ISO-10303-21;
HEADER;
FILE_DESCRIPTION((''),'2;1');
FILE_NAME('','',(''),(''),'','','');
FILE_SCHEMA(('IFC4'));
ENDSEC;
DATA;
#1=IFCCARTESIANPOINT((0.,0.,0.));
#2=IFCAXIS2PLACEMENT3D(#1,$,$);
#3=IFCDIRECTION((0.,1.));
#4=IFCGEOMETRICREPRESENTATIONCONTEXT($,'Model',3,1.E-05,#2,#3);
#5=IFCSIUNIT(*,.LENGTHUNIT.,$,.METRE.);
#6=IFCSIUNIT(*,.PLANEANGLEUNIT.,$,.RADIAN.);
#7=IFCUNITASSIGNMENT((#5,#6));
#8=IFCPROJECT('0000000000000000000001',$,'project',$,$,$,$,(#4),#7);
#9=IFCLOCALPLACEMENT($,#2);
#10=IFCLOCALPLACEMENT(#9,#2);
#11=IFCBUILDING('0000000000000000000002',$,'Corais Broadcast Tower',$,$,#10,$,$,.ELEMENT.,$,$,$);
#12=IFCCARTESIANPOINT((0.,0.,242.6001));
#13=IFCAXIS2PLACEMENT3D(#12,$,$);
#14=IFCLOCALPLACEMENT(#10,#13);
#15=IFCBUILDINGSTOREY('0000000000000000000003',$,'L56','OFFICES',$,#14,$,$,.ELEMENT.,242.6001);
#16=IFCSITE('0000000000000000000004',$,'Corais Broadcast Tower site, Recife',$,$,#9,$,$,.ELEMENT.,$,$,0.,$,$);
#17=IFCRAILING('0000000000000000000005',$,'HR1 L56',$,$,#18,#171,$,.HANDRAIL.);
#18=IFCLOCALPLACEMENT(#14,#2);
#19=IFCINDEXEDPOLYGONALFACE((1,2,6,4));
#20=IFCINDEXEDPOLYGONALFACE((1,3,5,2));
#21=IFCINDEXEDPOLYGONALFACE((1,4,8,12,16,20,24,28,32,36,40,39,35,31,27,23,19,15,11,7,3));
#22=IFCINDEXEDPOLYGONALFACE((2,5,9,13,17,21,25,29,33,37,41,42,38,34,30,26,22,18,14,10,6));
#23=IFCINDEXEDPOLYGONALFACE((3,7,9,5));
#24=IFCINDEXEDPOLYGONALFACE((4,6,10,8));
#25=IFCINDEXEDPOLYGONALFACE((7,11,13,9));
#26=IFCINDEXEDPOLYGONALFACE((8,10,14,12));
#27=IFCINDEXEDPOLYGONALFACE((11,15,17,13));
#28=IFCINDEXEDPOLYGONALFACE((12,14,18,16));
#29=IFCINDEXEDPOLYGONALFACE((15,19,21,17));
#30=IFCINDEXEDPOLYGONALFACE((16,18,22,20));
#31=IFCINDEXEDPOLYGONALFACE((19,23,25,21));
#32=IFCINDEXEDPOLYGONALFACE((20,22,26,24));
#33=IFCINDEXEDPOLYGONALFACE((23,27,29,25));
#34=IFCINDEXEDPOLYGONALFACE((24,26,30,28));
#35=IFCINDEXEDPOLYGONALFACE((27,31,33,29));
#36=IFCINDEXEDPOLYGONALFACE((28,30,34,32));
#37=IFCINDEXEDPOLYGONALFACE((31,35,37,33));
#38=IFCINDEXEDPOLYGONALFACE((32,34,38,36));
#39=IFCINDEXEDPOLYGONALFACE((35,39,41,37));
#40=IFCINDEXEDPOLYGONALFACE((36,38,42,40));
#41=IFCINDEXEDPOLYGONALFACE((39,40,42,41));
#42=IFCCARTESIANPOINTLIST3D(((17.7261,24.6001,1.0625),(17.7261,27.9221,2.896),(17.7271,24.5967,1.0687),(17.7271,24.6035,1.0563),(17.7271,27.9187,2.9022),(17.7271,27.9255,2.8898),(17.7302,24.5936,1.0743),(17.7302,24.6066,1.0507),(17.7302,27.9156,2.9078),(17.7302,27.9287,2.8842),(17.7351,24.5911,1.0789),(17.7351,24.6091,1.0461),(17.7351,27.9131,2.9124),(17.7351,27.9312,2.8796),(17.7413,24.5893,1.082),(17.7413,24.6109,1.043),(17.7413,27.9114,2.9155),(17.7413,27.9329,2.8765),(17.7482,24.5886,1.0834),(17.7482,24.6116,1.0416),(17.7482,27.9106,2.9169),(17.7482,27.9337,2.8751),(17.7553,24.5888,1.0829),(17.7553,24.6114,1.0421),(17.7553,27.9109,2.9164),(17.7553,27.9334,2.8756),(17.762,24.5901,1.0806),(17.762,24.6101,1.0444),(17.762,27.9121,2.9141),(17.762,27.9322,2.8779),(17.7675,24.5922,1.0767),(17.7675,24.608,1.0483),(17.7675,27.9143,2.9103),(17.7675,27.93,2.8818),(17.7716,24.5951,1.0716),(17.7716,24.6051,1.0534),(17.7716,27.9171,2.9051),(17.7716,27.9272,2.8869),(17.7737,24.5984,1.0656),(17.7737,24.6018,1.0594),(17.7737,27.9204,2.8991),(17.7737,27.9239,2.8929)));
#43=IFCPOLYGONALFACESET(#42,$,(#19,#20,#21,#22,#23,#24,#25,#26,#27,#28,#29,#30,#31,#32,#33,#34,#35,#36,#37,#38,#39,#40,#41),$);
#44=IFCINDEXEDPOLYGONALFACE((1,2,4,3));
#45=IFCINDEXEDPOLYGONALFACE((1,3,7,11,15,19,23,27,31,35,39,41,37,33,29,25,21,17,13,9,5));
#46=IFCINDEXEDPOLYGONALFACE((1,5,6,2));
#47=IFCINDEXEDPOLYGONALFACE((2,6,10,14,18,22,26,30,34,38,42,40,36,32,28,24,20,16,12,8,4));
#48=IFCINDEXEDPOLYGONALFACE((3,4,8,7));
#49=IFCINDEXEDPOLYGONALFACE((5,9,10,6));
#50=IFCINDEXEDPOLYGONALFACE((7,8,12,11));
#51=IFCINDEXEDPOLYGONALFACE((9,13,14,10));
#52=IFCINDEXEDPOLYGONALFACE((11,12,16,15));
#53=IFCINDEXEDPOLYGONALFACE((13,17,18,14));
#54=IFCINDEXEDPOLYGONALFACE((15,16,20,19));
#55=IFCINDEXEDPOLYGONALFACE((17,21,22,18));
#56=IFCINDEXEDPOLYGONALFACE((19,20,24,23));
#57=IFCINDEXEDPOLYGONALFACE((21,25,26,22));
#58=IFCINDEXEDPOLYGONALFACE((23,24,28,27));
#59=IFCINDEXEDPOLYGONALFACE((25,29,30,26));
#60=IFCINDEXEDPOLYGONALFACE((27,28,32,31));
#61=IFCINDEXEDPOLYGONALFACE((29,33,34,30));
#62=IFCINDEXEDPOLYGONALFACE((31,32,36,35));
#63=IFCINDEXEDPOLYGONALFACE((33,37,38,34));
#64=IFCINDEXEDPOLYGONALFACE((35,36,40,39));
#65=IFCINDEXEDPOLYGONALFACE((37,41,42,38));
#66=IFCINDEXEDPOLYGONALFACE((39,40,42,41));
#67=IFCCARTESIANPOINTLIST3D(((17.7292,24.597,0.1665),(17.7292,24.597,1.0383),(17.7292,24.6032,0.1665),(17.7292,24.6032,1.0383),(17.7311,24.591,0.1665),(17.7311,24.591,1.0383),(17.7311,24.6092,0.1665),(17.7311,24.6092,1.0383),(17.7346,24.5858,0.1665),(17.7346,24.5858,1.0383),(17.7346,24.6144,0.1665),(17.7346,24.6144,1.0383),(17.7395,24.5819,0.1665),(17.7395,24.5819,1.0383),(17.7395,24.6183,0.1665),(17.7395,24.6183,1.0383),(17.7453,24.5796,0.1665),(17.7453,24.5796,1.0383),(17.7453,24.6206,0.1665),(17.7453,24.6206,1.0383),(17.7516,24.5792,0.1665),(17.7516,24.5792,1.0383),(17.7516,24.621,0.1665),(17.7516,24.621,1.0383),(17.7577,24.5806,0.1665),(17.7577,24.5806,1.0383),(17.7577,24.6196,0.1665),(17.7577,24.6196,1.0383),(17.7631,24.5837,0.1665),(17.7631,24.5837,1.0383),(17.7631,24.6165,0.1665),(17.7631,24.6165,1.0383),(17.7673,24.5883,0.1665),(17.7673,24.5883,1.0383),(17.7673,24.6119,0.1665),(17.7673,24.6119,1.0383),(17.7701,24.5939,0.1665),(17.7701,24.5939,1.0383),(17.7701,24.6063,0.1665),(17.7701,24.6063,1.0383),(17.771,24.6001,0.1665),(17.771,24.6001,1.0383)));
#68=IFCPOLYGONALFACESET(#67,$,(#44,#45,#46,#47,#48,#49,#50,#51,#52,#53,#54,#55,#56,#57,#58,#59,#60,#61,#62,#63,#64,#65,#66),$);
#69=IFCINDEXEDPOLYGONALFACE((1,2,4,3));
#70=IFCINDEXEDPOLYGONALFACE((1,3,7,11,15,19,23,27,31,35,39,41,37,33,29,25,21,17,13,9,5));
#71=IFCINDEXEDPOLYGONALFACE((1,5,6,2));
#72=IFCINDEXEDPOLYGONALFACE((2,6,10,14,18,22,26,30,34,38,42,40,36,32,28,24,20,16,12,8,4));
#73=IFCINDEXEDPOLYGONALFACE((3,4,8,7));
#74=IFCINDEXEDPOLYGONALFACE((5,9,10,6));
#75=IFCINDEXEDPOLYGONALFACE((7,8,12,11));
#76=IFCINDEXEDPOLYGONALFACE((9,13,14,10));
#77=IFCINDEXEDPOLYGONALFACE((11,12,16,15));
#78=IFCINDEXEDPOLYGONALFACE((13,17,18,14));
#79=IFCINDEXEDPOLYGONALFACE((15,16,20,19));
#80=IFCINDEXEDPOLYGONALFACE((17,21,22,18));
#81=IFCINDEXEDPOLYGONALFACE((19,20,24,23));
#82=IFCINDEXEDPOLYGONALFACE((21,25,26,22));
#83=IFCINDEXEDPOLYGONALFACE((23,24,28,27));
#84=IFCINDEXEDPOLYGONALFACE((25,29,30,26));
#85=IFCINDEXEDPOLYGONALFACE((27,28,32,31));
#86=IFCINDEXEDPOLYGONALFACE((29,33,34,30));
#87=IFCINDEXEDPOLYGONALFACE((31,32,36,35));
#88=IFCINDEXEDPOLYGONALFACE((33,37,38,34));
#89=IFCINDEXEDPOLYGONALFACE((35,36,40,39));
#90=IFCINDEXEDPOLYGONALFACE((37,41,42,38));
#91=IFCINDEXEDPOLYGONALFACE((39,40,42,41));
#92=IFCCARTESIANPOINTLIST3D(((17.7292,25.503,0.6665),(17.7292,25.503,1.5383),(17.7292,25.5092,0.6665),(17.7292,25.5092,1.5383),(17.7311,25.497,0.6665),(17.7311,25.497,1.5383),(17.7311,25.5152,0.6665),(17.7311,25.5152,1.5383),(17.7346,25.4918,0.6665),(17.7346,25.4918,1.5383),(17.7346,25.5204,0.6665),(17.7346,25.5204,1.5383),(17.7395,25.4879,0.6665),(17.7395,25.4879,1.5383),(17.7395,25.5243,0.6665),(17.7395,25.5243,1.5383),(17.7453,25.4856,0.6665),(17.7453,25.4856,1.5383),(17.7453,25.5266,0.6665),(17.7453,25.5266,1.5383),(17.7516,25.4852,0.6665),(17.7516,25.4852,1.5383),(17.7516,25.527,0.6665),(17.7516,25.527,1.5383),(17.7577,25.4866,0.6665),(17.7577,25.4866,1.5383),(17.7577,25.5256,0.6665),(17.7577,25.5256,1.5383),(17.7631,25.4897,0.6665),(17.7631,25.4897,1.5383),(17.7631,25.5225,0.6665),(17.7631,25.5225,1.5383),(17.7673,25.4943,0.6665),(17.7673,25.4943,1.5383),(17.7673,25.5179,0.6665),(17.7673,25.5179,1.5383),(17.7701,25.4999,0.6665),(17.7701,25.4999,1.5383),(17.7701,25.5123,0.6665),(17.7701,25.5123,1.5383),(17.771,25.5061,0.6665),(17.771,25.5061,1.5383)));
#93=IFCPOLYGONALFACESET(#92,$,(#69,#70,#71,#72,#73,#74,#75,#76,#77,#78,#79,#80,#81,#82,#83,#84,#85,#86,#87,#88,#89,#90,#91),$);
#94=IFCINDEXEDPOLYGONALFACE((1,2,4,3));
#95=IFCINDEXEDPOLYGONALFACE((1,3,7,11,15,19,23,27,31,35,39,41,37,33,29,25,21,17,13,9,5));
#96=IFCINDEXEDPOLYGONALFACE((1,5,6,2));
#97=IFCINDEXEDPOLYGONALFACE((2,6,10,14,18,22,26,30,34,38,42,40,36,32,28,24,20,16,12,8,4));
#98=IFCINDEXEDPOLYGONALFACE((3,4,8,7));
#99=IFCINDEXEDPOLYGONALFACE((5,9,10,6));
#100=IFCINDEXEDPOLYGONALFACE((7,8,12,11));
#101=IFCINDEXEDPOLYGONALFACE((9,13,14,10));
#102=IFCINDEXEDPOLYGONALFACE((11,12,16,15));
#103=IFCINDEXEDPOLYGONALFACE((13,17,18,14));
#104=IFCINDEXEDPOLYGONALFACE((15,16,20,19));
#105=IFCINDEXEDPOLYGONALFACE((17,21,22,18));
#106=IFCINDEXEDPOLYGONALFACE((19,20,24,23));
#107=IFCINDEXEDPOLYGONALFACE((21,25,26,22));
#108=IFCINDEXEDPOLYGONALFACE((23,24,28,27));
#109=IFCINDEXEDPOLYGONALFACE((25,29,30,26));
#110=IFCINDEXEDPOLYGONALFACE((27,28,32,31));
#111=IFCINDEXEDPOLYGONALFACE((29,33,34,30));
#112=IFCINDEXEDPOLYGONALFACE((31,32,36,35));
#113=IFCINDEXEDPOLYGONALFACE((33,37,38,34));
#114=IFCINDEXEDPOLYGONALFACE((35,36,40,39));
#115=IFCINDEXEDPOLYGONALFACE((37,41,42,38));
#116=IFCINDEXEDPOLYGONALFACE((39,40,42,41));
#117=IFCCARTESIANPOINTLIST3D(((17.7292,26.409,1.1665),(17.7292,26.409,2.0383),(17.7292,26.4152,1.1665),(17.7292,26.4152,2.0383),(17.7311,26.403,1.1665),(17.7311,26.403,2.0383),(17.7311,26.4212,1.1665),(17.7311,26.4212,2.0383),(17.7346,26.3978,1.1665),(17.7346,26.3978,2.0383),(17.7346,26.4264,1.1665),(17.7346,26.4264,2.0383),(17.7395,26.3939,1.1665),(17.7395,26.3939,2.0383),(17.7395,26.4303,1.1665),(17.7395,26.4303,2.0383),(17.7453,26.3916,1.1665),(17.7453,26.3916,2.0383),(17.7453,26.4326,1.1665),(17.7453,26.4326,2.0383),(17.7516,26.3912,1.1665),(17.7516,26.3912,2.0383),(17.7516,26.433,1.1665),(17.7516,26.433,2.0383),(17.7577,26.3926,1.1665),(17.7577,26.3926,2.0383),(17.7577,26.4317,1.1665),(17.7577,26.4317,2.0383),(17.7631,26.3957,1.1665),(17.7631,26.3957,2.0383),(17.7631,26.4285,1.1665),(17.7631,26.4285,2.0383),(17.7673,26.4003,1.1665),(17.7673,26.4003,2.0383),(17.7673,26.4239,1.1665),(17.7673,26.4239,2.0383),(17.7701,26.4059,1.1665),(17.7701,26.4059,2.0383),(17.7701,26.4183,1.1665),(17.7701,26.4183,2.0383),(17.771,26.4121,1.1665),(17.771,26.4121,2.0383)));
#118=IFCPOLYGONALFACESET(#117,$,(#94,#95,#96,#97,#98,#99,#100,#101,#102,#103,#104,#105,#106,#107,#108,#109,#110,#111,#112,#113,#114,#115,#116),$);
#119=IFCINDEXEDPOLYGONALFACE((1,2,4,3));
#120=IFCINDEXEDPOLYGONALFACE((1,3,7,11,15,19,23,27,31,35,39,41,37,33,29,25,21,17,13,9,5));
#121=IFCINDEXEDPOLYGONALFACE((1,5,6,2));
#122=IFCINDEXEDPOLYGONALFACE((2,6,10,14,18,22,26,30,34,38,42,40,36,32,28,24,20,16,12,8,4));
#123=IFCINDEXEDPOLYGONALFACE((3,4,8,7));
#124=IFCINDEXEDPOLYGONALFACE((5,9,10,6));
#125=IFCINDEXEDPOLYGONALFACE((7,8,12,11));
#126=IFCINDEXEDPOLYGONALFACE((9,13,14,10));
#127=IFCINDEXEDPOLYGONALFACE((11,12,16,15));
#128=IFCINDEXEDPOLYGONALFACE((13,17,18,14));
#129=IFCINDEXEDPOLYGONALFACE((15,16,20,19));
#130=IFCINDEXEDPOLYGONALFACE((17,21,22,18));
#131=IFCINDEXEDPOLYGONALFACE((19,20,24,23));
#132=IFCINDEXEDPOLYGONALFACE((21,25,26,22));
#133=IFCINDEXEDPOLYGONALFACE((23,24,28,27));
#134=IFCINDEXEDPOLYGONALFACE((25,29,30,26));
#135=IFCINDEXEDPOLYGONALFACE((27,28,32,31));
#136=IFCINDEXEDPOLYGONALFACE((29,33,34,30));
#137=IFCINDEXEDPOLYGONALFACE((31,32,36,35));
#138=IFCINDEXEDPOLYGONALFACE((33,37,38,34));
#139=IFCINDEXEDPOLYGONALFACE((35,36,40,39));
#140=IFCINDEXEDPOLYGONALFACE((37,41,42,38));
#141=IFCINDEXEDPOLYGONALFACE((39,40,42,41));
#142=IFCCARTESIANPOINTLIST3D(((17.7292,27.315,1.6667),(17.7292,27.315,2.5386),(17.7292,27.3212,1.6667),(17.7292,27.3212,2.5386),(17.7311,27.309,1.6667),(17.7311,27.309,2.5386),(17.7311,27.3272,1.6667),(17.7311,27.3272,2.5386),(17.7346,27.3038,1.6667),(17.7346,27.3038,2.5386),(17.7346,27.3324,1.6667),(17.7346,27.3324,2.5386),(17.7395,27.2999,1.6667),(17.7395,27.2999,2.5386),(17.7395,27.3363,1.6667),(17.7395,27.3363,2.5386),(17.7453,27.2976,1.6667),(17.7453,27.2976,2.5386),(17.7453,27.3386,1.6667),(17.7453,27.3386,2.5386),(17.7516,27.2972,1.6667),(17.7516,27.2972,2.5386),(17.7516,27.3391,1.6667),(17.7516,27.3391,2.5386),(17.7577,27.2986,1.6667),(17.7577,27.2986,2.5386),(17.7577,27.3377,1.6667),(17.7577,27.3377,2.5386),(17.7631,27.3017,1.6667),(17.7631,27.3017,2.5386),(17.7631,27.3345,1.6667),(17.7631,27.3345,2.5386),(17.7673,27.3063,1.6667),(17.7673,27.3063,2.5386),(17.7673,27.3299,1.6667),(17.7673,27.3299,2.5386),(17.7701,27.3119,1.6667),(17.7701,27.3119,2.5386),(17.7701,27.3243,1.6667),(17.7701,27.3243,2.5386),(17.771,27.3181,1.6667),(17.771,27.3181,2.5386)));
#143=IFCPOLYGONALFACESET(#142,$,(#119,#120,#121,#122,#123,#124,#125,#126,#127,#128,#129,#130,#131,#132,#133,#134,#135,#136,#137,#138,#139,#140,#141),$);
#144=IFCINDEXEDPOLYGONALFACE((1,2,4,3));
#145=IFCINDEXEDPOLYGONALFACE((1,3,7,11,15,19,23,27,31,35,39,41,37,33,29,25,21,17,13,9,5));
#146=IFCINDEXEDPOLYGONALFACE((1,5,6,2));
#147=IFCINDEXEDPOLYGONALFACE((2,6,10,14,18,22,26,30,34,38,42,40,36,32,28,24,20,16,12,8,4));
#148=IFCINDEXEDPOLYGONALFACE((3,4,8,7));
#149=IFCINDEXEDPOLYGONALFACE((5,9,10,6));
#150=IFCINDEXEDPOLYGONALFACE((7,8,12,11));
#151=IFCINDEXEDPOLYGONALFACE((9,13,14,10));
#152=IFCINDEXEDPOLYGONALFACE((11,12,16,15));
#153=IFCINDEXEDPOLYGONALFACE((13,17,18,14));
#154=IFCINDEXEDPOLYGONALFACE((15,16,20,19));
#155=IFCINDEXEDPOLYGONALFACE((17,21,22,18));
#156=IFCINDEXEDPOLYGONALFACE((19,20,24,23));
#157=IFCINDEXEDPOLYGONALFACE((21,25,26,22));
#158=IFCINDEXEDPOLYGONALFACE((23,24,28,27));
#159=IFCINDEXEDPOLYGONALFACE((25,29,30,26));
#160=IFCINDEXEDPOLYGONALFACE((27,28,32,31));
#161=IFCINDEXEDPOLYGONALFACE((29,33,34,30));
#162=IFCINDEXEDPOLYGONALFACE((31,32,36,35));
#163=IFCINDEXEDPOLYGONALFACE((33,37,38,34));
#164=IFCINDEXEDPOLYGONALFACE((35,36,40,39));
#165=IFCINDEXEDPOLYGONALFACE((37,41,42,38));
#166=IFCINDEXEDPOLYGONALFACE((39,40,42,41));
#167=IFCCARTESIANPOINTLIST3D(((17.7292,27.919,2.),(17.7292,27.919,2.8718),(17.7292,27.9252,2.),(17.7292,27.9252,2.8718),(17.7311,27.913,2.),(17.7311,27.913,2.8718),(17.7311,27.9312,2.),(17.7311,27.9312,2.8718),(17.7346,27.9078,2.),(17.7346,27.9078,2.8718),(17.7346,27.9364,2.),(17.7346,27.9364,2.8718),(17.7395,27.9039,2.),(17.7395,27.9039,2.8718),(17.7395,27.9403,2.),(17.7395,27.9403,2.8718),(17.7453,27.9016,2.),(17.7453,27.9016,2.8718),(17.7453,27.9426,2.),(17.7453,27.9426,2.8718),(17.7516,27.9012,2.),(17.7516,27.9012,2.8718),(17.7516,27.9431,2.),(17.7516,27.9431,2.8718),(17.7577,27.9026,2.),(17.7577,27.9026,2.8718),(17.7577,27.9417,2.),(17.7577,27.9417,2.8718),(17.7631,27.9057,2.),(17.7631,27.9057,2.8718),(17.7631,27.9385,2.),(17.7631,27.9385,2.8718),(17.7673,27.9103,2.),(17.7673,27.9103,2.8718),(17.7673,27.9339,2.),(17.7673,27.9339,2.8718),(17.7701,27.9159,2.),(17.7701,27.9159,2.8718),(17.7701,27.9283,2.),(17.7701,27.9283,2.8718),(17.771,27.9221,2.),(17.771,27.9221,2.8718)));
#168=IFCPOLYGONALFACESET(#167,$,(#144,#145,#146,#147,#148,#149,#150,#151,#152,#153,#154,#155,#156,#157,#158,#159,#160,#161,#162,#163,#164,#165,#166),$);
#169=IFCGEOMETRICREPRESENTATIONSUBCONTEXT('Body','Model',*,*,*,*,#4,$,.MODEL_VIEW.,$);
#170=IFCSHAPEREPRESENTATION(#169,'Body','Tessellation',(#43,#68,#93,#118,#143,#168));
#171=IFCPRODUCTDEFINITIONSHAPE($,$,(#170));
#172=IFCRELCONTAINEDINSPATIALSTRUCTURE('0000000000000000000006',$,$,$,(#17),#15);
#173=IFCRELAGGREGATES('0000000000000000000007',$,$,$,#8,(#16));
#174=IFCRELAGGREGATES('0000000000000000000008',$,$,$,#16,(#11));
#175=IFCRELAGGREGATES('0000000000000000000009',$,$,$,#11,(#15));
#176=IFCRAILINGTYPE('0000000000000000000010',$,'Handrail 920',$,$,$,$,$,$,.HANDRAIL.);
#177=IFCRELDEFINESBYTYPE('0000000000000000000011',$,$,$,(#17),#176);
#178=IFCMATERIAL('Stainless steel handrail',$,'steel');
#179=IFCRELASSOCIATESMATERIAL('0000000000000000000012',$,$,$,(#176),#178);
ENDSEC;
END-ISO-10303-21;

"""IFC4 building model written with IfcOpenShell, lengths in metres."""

from ifc_helpers import new_model, si_unit, direction, frame, origin, origin_2d, place, context, subcontext, project, spatial, circle, extrude, material, type_object, element, save


model = new_model("IFC4")

# Units and contexts
model_context = context("Model", 3, precision=1e-05, world=origin(), true_north=direction((0.0, 1.0)))
body_context = subcontext(model_context, "Body", "Model", "MODEL_VIEW")
ifc_project = project(units=[si_unit("LENGTHUNIT", "METRE"), si_unit("PLANEANGLEUNIT", "RADIAN")], contexts=[model_context])

# Site, building, storey
site_placement = place(None, origin())
site = spatial("IfcSite", under=ifc_project, at=site_placement, Name="Corais Broadcast Tower site, Recife", CompositionType="ELEMENT", RefElevation=0.0)
building_placement = place(site_placement, origin())
building = spatial("IfcBuilding", under=site, at=building_placement, Name="Corais Broadcast Tower", CompositionType="ELEMENT")
storey_placement = place(building_placement, frame((0.0, 0.0, 242.6001)))
storey = spatial("IfcBuildingStorey", under=building, at=storey_placement, Name="L56", Description="OFFICES", CompositionType="ELEMENT", Elevation=242.6001)

# Railing
ifc_material_1 = material(Name="Stainless steel handrail", Category="steel")
railing_type = type_object("IfcRailingType", Name="Handrail 920", PredefinedType="HANDRAIL", material=ifc_material_1)
railing_1_placement = place(storey_placement, frame((17.75, 24.6001, 0.1665)))
element("IfcRailing", 1, at=railing_1_placement, inside=storey, type_object=railing_type, Name="HR1 L56", PredefinedType="HANDRAIL", context=body_context, shape_type="SweptSolid", body=[
    extrude(circle(Radius=0.0239, at=origin_2d()), frame((0.0, 0.0, 0.896), z_axis=(0.0, 0.875504, 0.48321), x_axis=(-1.0, 0.0, 0.0)), (0.0, 0.0, 1.0), 3.7944),
    extrude(circle(Radius=0.021, at=origin_2d()), origin(), (0.0, 0.0, 1.0), 0.8718),
    extrude(circle(Radius=0.021, at=origin_2d()), frame((0.0, 0.906, 0.5)), (0.0, 0.0, 1.0), 0.8718),
    extrude(circle(Radius=0.021, at=origin_2d()), frame((0.0, 1.812, 1.0)), (0.0, 0.0, 1.0), 0.8718),
    extrude(circle(Radius=0.021, at=origin_2d()), frame((0.0, 2.718, 1.5002)), (0.0, 0.0, 1.0), 0.8718),
    extrude(circle(Radius=0.021, at=origin_2d()), frame((0.0, 3.322, 1.8335)), (0.0, 0.0, 1.0), 0.8718),
])

save(model, "model.ifc")
